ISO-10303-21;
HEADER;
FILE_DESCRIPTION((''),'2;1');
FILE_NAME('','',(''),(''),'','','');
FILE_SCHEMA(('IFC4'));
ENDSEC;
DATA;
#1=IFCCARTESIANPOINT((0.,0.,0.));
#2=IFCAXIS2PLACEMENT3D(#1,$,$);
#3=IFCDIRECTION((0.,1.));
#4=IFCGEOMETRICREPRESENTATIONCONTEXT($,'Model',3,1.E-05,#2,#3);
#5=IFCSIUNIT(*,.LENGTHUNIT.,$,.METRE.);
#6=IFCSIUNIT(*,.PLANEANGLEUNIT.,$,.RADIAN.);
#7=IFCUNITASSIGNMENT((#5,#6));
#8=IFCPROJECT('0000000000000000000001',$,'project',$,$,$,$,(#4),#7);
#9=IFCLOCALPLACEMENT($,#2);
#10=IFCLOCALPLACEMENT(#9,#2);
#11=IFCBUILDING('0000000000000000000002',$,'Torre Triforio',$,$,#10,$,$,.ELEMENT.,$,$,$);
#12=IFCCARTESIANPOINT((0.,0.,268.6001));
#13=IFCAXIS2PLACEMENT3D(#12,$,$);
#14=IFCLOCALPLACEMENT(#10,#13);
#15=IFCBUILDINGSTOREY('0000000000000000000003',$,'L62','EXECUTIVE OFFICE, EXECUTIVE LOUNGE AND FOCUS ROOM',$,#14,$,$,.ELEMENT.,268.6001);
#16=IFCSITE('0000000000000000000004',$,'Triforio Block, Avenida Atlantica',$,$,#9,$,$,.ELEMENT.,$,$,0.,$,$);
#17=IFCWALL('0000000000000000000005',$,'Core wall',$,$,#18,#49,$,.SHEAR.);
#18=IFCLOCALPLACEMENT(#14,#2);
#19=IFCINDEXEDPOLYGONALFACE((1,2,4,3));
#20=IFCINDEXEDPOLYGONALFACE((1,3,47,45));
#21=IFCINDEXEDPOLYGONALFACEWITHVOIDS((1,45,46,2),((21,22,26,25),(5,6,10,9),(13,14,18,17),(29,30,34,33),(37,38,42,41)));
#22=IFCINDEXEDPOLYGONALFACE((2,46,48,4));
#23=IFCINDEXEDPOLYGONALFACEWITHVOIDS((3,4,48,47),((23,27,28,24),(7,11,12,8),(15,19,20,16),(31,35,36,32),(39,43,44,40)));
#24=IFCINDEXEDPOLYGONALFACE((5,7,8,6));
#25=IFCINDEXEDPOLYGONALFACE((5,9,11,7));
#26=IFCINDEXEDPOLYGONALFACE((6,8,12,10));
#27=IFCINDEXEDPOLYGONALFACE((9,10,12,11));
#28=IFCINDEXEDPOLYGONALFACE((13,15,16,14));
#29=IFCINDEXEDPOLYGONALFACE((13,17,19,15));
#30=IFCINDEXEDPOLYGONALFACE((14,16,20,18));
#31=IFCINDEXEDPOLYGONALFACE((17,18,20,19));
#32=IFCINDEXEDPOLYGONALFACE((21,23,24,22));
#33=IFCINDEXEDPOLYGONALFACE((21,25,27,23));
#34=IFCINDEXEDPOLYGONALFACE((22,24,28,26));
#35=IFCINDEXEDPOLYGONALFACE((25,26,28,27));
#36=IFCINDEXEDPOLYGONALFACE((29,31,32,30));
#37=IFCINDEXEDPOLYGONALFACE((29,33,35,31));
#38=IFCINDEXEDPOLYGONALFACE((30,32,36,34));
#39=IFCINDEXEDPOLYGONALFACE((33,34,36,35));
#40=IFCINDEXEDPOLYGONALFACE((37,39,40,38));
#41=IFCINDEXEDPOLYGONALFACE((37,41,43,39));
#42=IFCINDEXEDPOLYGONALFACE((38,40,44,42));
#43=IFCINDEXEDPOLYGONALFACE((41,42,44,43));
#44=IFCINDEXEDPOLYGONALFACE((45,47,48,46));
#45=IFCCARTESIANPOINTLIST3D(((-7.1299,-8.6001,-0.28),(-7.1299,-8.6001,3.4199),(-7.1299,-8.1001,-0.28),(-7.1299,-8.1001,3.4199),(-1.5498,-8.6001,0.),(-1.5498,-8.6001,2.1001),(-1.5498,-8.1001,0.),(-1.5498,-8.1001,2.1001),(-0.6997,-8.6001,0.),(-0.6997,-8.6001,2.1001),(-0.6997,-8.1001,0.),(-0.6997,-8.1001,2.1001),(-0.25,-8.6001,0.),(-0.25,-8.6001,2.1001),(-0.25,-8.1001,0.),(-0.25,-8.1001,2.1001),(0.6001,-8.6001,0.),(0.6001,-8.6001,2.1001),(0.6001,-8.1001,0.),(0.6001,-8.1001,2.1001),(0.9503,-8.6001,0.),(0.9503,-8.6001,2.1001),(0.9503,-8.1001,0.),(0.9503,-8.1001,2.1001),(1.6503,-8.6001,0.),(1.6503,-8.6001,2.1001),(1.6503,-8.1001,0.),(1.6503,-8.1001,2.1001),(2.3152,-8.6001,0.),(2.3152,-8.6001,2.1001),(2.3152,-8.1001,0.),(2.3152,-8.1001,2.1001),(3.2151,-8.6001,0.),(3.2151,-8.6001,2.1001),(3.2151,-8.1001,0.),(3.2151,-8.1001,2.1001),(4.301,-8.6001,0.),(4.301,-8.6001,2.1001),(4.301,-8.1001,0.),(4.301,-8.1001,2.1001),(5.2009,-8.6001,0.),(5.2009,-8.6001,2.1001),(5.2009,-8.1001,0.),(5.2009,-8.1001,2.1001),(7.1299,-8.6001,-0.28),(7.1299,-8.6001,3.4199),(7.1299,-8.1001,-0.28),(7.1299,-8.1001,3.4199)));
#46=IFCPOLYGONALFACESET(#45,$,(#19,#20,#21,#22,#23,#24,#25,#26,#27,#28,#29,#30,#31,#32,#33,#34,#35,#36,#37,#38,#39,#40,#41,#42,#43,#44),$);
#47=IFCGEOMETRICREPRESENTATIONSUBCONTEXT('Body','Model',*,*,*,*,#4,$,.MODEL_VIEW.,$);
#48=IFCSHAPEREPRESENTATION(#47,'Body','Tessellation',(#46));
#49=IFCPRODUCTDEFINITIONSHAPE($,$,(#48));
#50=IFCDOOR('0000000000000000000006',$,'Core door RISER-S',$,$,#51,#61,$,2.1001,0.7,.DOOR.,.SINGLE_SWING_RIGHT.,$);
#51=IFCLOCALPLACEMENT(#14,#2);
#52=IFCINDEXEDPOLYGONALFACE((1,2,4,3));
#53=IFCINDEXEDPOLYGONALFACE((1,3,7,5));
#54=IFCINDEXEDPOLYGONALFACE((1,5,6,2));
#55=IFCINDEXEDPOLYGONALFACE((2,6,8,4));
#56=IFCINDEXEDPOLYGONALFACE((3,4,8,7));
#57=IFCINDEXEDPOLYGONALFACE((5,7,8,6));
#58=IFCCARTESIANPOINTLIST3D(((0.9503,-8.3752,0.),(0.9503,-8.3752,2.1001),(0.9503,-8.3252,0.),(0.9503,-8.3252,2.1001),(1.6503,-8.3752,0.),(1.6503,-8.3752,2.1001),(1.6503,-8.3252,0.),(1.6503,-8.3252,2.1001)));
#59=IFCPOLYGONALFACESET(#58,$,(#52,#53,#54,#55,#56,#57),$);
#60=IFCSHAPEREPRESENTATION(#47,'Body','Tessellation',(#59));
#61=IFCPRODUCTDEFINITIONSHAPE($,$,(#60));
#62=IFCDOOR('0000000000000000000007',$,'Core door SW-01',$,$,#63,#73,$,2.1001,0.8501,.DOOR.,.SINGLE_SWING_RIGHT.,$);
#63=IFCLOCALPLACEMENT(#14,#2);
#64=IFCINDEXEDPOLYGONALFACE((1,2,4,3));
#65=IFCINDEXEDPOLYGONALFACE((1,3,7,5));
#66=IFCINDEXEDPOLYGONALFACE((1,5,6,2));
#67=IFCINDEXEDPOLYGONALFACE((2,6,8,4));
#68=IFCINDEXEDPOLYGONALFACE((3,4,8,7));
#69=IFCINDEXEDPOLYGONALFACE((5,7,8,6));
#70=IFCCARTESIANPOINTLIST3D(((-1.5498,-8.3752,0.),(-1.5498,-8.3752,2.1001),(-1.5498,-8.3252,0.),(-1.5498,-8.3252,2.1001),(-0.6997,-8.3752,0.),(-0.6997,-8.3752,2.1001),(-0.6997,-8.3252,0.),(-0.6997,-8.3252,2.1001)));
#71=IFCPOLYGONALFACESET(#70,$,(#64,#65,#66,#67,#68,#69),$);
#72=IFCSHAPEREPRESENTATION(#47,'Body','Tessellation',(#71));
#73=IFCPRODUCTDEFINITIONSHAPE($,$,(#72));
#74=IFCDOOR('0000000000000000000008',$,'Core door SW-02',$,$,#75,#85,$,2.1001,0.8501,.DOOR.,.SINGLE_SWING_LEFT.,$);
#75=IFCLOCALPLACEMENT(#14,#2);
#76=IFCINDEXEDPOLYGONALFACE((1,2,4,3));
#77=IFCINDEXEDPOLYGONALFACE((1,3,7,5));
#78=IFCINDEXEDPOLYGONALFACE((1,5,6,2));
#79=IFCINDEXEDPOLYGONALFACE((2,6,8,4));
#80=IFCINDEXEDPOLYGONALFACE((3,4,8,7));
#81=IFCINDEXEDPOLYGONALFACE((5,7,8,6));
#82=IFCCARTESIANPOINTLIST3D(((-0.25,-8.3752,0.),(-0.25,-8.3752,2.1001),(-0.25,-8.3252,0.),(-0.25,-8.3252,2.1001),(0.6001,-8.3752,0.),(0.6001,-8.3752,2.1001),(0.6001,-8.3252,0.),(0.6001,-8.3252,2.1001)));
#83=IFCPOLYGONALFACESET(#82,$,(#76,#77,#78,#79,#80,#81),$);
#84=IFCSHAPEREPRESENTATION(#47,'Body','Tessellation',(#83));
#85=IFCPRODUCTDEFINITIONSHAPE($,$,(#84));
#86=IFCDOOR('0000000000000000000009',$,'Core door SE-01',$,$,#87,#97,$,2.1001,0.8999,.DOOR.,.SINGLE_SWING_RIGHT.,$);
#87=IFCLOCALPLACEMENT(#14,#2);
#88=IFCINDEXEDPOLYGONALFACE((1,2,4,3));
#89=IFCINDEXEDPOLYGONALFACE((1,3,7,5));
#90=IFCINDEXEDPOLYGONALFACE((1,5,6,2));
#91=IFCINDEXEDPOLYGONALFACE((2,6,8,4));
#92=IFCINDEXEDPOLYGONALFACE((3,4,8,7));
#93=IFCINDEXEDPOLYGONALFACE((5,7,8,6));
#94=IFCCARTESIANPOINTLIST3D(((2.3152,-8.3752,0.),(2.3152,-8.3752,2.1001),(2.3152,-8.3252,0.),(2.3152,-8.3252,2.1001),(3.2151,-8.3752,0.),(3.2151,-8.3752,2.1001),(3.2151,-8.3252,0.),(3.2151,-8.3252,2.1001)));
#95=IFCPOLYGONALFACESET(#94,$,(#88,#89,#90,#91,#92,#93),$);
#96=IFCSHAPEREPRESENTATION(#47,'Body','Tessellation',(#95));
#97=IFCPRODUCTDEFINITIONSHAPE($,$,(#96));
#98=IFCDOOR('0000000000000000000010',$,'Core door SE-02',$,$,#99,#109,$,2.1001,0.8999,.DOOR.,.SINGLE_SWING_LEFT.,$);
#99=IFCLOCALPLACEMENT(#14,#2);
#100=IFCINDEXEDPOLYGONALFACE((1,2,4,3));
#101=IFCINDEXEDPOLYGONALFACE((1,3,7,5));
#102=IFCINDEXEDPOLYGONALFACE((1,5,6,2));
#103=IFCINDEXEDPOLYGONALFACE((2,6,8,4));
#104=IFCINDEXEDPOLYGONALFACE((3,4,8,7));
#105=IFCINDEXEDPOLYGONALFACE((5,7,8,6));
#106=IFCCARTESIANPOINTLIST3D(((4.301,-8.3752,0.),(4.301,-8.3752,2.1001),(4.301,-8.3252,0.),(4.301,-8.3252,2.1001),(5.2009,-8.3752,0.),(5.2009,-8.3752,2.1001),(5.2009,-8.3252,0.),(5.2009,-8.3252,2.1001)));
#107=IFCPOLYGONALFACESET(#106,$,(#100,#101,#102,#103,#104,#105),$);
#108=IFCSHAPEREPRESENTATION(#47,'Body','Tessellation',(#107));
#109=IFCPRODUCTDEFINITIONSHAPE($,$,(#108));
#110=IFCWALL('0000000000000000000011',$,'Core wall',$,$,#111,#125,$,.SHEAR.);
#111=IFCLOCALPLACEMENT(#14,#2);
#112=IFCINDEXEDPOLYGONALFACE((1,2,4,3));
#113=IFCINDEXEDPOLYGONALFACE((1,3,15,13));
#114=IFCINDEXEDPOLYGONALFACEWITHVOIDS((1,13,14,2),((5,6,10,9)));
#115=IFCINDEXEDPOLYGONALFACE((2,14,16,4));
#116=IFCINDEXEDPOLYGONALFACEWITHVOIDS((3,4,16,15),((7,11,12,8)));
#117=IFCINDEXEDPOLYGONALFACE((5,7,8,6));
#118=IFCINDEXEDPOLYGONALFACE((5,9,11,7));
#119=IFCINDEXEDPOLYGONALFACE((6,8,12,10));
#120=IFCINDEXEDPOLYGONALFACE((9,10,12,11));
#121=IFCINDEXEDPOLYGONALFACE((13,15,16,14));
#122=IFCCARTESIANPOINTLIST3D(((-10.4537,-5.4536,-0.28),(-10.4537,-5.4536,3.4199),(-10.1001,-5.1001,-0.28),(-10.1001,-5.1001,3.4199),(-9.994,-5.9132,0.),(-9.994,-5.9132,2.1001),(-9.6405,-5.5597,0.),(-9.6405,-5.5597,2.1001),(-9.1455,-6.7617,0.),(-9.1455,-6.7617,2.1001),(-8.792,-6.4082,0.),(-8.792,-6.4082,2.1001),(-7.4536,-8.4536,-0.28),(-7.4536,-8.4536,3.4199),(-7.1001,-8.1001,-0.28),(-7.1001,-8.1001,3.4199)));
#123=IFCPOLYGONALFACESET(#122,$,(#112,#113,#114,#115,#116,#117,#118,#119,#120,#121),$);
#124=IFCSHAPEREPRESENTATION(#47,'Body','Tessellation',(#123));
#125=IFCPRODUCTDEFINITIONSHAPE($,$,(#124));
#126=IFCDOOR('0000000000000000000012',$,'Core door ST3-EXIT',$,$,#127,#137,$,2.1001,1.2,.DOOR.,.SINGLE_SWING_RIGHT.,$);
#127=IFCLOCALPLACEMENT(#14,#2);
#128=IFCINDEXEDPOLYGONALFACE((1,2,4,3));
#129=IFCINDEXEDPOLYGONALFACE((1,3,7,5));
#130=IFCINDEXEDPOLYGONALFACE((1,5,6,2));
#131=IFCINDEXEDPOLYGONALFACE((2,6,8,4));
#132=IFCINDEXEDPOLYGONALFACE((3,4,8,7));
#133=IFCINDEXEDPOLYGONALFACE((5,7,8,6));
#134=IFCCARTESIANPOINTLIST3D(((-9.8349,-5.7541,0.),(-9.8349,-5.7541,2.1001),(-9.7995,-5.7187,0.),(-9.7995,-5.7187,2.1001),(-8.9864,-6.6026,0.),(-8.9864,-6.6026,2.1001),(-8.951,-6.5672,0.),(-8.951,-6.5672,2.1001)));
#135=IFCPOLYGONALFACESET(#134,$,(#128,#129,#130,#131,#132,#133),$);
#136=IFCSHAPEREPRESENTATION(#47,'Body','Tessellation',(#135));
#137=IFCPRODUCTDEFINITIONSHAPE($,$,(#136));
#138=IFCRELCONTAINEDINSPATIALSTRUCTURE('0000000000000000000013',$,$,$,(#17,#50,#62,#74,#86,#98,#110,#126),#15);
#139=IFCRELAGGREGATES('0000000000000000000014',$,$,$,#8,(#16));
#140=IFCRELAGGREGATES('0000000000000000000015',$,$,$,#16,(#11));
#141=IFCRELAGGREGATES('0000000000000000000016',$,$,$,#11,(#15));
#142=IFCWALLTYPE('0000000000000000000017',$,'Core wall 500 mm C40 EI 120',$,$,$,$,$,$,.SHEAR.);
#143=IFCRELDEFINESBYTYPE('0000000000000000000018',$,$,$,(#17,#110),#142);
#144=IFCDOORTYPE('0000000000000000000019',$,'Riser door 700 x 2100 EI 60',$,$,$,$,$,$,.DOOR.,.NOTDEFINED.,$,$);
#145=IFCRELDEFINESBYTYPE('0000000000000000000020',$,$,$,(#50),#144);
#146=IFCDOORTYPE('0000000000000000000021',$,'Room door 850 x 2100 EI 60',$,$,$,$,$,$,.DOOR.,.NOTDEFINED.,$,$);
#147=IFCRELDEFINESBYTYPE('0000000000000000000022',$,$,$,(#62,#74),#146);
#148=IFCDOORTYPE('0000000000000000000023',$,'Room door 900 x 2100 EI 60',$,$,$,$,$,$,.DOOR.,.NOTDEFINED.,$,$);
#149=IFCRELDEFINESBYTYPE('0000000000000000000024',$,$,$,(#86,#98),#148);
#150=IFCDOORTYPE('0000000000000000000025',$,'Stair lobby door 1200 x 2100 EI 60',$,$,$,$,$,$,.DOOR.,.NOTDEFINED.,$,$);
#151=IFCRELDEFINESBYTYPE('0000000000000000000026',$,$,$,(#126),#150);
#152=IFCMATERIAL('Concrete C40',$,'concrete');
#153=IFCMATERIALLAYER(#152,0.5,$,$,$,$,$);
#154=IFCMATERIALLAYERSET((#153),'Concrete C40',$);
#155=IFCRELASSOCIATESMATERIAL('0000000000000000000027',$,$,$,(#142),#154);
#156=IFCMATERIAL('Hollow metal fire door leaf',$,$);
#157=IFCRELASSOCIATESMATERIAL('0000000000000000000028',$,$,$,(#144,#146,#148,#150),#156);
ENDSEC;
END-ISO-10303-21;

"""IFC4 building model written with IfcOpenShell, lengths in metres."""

from ifc_helpers import new_model, si_unit, direction, frame, frame_2d, origin, place, context, subcontext, project, spatial, rectangle, extrude, material, layer, layer_set, type_object, element, fill, save


model = new_model("IFC4")

# Units and contexts
model_context = context("Model", 3, precision=1e-05, world=origin(), true_north=direction((0.0, 1.0)))
body_context = subcontext(model_context, "Body", "Model", "MODEL_VIEW")
ifc_project = project(units=[si_unit("LENGTHUNIT", "METRE"), si_unit("PLANEANGLEUNIT", "RADIAN")], contexts=[model_context])

# Site, building, storey
site_placement = place(None, origin())
site = spatial("IfcSite", under=ifc_project, at=site_placement, Name="Triforio Block, Avenida Atlantica", CompositionType="ELEMENT", RefElevation=0.0)
building_placement = place(site_placement, origin())
building = spatial("IfcBuilding", under=site, at=building_placement, Name="Torre Triforio", CompositionType="ELEMENT")
storey_placement = place(building_placement, frame((0.0, 0.0, 268.6001)))
storey = spatial("IfcBuildingStorey", under=building, at=storey_placement, Name="L62", Description="EXECUTIVE OFFICE, EXECUTIVE LOUNGE AND FOCUS ROOM", CompositionType="ELEMENT", Elevation=268.6001)

# Shared definitions
ifc_material_1 = material(Name="Concrete C40", Category="concrete")

# Wall, openings, doors
ifc_layer_1 = layer(ifc_material_1, 0.5)
ifc_layer_set_1 = layer_set([ifc_layer_1], Name="Concrete C40")
wall_type_1 = type_object("IfcWallType", Name="Core wall 500 mm C40 EI 120", PredefinedType="SHEAR", material=ifc_layer_set_1)
wall_1_placement = place(storey_placement, frame((-7.1299, -8.3501, -0.28), z_axis=(0.0, 0.0, 1.0), x_axis=(1.0, 0.0, 0.0)))
wall_1 = element("IfcWall", 1, at=wall_1_placement, inside=storey, type_object=wall_type_1, Name="Core wall", PredefinedType="SHEAR", context=body_context, shape_type="SweptSolid", body=[
    extrude(rectangle(XDim=14.2598, YDim=0.5, at=frame_2d((7.1299, 0.0))), origin(), (0.0, 0.0, 1.0), 3.7),
])
opening_1_placement = place(wall_1_placement, frame((8.0801, 0.0, 0.28)))
opening_1 = element("IfcOpeningElement", 2, at=opening_1_placement, cuts=wall_1, PredefinedType="OPENING", context=body_context, shape_type="SweptSolid", body=[
    extrude(rectangle(XDim=0.7, YDim=2.1001, at=frame_2d((0.3501, 1.05))), frame((0.0, 0.26, 0.0), z_axis=(0.0, -1.0, 0.0), x_axis=(1.0, 0.0, 0.0)), (0.0, 0.0, 1.0), 0.52),
])
opening_2_placement = place(wall_1_placement, frame((5.5801, 0.0, 0.28)))
opening_2 = element("IfcOpeningElement", 3, at=opening_2_placement, cuts=wall_1, PredefinedType="OPENING", context=body_context, shape_type="SweptSolid", body=[
    extrude(rectangle(XDim=0.8501, YDim=2.1001, at=frame_2d((0.425, 1.05))), frame((0.0, 0.26, 0.0), z_axis=(0.0, -1.0, 0.0), x_axis=(1.0, 0.0, 0.0)), (0.0, 0.0, 1.0), 0.52),
])
opening_3_placement = place(wall_1_placement, frame((6.8799, 0.0, 0.28)))
opening_3 = element("IfcOpeningElement", 4, at=opening_3_placement, cuts=wall_1, PredefinedType="OPENING", context=body_context, shape_type="SweptSolid", body=[
    extrude(rectangle(XDim=0.8501, YDim=2.1001, at=frame_2d((0.425, 1.05))), frame((0.0, 0.26, 0.0), z_axis=(0.0, -1.0, 0.0), x_axis=(1.0, 0.0, 0.0)), (0.0, 0.0, 1.0), 0.52),
])
opening_4_placement = place(wall_1_placement, frame((9.4451, 0.0, 0.28)))
opening_4 = element("IfcOpeningElement", 5, at=opening_4_placement, cuts=wall_1, PredefinedType="OPENING", context=body_context, shape_type="SweptSolid", body=[
    extrude(rectangle(XDim=0.8999, YDim=2.1001, at=frame_2d((0.45, 1.05))), frame((0.0, 0.26, 0.0), z_axis=(0.0, -1.0, 0.0), x_axis=(1.0, 0.0, 0.0)), (0.0, 0.0, 1.0), 0.52),
])
opening_5_placement = place(wall_1_placement, frame((11.4309, 0.0, 0.28)))
opening_5 = element("IfcOpeningElement", 6, at=opening_5_placement, cuts=wall_1, PredefinedType="OPENING", context=body_context, shape_type="SweptSolid", body=[
    extrude(rectangle(XDim=0.8999, YDim=2.1001, at=frame_2d((0.45, 1.05))), frame((0.0, 0.26, 0.0), z_axis=(0.0, -1.0, 0.0), x_axis=(1.0, 0.0, 0.0)), (0.0, 0.0, 1.0), 0.52),
])
ifc_material_2 = material(Name="Hollow metal fire door leaf")
door_type_1 = type_object("IfcDoorType", Name="Riser door 700 x 2100 EI 60", OperationType="NOTDEFINED", PredefinedType="DOOR", material=ifc_material_2)
door_1_placement = place(opening_1_placement, origin())
door_1 = element("IfcDoor", 7, at=door_1_placement, inside=storey, type_object=door_type_1, Name="Core door RISER-S", OperationType="SINGLE_SWING_RIGHT", OverallHeight=2.1001, OverallWidth=0.7, PredefinedType="DOOR", context=body_context, shape_type="SweptSolid", body=[
    extrude(rectangle(XDim=0.7, YDim=2.1001, at=frame_2d((0.3501, 1.05))), frame((0.0, 0.0249, 0.0), z_axis=(0.0, -1.0, 0.0), x_axis=(1.0, 0.0, 0.0)), (0.0, 0.0, 1.0), 0.05),
])
fill(opening_1, door_1)
door_type_2 = type_object("IfcDoorType", Name="Room door 850 x 2100 EI 60", OperationType="NOTDEFINED", PredefinedType="DOOR", material=ifc_material_2)
door_2_placement = place(opening_2_placement, origin())
door_2 = element("IfcDoor", 8, at=door_2_placement, inside=storey, type_object=door_type_2, Name="Core door SW-01", OperationType="SINGLE_SWING_RIGHT", OverallHeight=2.1001, OverallWidth=0.8501, PredefinedType="DOOR", context=body_context, shape_type="SweptSolid", body=[
    extrude(rectangle(XDim=0.8501, YDim=2.1001, at=frame_2d((0.425, 1.05))), frame((0.0, 0.0249, 0.0), z_axis=(0.0, -1.0, 0.0), x_axis=(1.0, 0.0, 0.0)), (0.0, 0.0, 1.0), 0.05),
])
fill(opening_2, door_2)
door_3_placement = place(opening_3_placement, origin())
door_3 = element("IfcDoor", 9, at=door_3_placement, inside=storey, type_object=door_type_2, Name="Core door SW-02", OperationType="SINGLE_SWING_LEFT", OverallHeight=2.1001, OverallWidth=0.8501, PredefinedType="DOOR", context=body_context, shape_type="SweptSolid", body=[
    extrude(rectangle(XDim=0.8501, YDim=2.1001, at=frame_2d((0.425, 1.05))), frame((0.0, 0.0249, 0.0), z_axis=(0.0, -1.0, 0.0), x_axis=(1.0, 0.0, 0.0)), (0.0, 0.0, 1.0), 0.05),
])
fill(opening_3, door_3)
door_type_3 = type_object("IfcDoorType", Name="Room door 900 x 2100 EI 60", OperationType="NOTDEFINED", PredefinedType="DOOR", material=ifc_material_2)
door_4_placement = place(opening_4_placement, origin())
door_4 = element("IfcDoor", 10, at=door_4_placement, inside=storey, type_object=door_type_3, Name="Core door SE-01", OperationType="SINGLE_SWING_RIGHT", OverallHeight=2.1001, OverallWidth=0.8999, PredefinedType="DOOR", context=body_context, shape_type="SweptSolid", body=[
    extrude(rectangle(XDim=0.8999, YDim=2.1001, at=frame_2d((0.45, 1.05))), frame((0.0, 0.0249, 0.0), z_axis=(0.0, -1.0, 0.0), x_axis=(1.0, 0.0, 0.0)), (0.0, 0.0, 1.0), 0.05),
])
fill(opening_4, door_4)
door_5_placement = place(opening_5_placement, origin())
door_5 = element("IfcDoor", 11, at=door_5_placement, inside=storey, type_object=door_type_3, Name="Core door SE-02", OperationType="SINGLE_SWING_LEFT", OverallHeight=2.1001, OverallWidth=0.8999, PredefinedType="DOOR", context=body_context, shape_type="SweptSolid", body=[
    extrude(rectangle(XDim=0.8999, YDim=2.1001, at=frame_2d((0.45, 1.05))), frame((0.0, 0.0249, 0.0), z_axis=(0.0, -1.0, 0.0), x_axis=(1.0, 0.0, 0.0)), (0.0, 0.0, 1.0), 0.05),
])
fill(opening_5, door_5)

# Wall, opening, door
wall_2_placement = place(storey_placement, frame((-7.2769, -8.2769, -0.28), z_axis=(0.0, 0.0, 1.0), x_axis=(-0.707107, 0.707107, 0.0)))
wall_2 = element("IfcWall", 12, at=wall_2_placement, inside=storey, type_object=wall_type_1, Name="Core wall", PredefinedType="SHEAR", context=body_context, shape_type="SweptSolid", body=[
    extrude(rectangle(XDim=4.2427, YDim=0.5, at=frame_2d((2.1213, 0.0))), origin(), (0.0, 0.0, 1.0), 3.7),
])
opening_6_placement = place(wall_2_placement, frame((2.3926, 0.0, 0.28)))
opening_6 = element("IfcOpeningElement", 13, at=opening_6_placement, cuts=wall_2, PredefinedType="OPENING", context=body_context, shape_type="SweptSolid", body=[
    extrude(rectangle(XDim=1.2, YDim=2.1001, at=frame_2d((0.6001, 1.05))), frame((0.0, 0.26, 0.0), z_axis=(0.0, -1.0, 0.0), x_axis=(1.0, 0.0, 0.0)), (0.0, 0.0, 1.0), 0.52),
])
door_type_4 = type_object("IfcDoorType", Name="Stair lobby door 1200 x 2100 EI 60", OperationType="NOTDEFINED", PredefinedType="DOOR", material=ifc_material_2)
door_6_placement = place(opening_6_placement, origin())
door_6 = element("IfcDoor", 14, at=door_6_placement, inside=storey, type_object=door_type_4, Name="Core door ST3-EXIT", OperationType="SINGLE_SWING_RIGHT", OverallHeight=2.1001, OverallWidth=1.2, PredefinedType="DOOR", context=body_context, shape_type="SweptSolid", body=[
    extrude(rectangle(XDim=1.2, YDim=2.1001, at=frame_2d((0.6001, 1.05))), frame((0.0, 0.0249, 0.0), z_axis=(0.0, -1.0, 0.0), x_axis=(1.0, 0.0, 0.0)), (0.0, 0.0, 1.0), 0.05),
])
fill(opening_6, door_6)

save(model, "model.ifc")
